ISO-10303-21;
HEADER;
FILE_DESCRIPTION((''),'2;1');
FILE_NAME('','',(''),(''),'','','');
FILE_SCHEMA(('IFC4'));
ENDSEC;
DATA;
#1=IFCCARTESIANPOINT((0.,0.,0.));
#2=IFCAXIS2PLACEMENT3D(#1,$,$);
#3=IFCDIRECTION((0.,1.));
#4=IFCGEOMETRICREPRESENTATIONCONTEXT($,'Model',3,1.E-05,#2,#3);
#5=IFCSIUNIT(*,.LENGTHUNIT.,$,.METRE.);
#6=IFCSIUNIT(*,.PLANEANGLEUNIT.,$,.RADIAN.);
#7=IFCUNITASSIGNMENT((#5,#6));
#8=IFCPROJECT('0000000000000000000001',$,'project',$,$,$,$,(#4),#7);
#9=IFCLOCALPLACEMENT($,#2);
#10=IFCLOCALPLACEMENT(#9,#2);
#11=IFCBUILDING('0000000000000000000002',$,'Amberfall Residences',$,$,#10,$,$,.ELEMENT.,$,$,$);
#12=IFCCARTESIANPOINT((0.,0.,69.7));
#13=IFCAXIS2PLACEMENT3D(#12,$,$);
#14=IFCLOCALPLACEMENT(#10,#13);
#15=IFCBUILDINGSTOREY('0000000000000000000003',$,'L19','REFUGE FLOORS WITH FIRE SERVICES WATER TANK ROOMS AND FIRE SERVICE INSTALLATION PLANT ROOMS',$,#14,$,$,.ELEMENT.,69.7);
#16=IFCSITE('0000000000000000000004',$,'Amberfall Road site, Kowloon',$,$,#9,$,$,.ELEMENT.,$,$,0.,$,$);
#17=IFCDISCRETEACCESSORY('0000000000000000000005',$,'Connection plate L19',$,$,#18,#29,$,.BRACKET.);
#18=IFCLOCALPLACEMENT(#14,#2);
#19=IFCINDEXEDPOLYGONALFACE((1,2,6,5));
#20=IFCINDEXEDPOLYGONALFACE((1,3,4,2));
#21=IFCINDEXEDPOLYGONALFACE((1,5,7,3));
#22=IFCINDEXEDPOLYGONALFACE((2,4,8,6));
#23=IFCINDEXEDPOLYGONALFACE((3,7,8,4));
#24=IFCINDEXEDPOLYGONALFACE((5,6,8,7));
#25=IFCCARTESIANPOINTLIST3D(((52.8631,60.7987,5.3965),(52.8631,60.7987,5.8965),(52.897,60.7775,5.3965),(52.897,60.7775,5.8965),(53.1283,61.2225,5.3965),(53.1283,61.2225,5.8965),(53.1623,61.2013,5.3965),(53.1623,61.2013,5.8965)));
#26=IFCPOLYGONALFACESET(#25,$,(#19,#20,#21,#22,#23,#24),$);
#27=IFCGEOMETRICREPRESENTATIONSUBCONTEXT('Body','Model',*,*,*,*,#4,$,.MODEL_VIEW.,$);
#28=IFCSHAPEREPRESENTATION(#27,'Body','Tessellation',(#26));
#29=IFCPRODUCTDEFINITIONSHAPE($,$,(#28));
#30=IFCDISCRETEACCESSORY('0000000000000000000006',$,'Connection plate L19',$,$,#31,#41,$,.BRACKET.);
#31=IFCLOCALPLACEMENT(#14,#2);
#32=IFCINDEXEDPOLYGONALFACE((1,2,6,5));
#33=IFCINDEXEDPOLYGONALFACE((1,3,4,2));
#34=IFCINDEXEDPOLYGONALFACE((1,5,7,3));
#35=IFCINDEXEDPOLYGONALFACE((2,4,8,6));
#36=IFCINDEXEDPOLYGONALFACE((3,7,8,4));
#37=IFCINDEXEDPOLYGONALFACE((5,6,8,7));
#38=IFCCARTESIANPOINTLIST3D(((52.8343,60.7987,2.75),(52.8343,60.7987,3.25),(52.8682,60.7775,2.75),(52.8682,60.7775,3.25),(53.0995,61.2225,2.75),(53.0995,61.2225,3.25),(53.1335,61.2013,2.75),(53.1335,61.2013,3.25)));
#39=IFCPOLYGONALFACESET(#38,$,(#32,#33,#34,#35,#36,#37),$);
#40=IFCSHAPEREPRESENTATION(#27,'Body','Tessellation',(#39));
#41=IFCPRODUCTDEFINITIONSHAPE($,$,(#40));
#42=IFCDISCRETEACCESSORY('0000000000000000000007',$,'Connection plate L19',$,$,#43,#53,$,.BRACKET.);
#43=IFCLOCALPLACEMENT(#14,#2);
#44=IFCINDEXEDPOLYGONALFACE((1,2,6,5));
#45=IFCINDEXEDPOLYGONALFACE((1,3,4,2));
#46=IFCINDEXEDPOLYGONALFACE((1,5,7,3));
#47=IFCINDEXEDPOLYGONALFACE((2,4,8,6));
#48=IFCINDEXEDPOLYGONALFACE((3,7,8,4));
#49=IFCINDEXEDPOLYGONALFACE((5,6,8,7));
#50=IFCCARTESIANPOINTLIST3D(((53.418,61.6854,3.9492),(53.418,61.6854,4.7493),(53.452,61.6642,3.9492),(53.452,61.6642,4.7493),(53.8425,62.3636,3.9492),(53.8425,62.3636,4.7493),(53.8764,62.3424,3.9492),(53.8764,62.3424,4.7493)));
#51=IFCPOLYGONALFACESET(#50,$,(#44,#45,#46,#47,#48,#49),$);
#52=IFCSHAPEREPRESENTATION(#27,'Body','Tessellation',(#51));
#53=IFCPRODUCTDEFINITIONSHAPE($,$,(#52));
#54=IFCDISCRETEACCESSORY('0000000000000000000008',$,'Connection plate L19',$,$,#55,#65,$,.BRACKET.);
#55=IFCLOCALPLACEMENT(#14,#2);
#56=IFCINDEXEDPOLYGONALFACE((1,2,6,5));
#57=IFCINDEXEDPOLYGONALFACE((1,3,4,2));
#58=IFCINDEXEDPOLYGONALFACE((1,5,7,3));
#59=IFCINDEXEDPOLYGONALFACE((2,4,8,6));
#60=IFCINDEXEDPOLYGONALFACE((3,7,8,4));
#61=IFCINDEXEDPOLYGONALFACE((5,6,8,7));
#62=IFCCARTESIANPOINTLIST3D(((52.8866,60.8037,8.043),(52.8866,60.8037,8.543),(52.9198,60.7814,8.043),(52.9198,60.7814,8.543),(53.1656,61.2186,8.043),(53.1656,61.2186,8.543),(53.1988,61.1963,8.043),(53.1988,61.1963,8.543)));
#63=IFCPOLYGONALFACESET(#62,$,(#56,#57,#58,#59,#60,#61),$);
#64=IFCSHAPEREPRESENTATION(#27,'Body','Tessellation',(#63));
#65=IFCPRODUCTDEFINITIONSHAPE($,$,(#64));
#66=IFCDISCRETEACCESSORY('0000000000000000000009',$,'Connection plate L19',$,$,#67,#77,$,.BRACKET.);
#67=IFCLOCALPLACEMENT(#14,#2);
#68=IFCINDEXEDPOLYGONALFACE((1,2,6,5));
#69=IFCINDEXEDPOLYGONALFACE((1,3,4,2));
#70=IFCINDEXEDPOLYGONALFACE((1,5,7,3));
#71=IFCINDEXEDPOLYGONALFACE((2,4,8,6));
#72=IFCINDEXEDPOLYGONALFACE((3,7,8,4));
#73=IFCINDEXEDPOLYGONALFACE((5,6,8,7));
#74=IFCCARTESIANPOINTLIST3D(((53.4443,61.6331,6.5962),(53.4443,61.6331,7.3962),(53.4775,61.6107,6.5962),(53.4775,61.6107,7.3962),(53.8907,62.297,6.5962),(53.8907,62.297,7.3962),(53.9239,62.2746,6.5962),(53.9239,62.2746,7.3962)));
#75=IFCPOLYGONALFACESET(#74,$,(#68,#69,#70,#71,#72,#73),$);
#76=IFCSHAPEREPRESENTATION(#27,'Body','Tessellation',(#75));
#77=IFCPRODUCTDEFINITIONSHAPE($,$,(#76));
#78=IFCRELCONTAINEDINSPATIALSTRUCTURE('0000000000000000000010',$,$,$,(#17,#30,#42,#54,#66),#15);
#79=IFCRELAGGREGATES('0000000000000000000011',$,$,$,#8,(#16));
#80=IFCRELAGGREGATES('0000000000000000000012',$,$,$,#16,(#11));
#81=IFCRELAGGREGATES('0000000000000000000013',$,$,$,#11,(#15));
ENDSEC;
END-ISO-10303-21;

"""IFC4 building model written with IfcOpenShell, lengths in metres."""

from ifc_helpers import new_model, si_unit, direction, frame, origin, origin_2d, place, context, subcontext, project, spatial, rectangle, extrude, element, save


model = new_model("IFC4")

# Units and contexts
model_context = context("Model", 3, precision=1e-05, world=origin(), true_north=direction((0.0, 1.0)))
body_context = subcontext(model_context, "Body", "Model", "MODEL_VIEW")
ifc_project = project(units=[si_unit("LENGTHUNIT", "METRE"), si_unit("PLANEANGLEUNIT", "RADIAN")], contexts=[model_context])

# Site, building, storey
site_placement = place(None, origin())
site = spatial("IfcSite", under=ifc_project, at=site_placement, Name="Amberfall Road site, Kowloon", CompositionType="ELEMENT", RefElevation=0.0)
building_placement = place(site_placement, origin())
building = spatial("IfcBuilding", under=site, at=building_placement, Name="Amberfall Residences", CompositionType="ELEMENT")
storey_placement = place(building_placement, frame((0.0, 0.0, 69.7)))
storey = spatial("IfcBuildingStorey", under=building, at=storey_placement, Name="L19", Description="REFUGE FLOORS WITH FIRE SERVICES WATER TANK ROOMS AND FIRE SERVICE INSTALLATION PLANT ROOMS", CompositionType="ELEMENT", Elevation=69.7)

# Discrete accessories
for number, where, z_axis, x_axis, name in (
    (1, (53.0127, 61.0, 5.3965), (0.0, 0.0, 1.0), (-0.530496, -0.847687, 0.0), "Connection plate L19"),
    (2, (52.9839, 61.0, 2.75), (0.0, 0.0, 1.0), (-0.530496, -0.847687, 0.0), "Connection plate L19"),
):
    element("IfcDiscreteAccessory", number, at=place(storey_placement, frame(where, z_axis=z_axis, x_axis=x_axis)), inside=storey, Name=name, PredefinedType="BRACKET", context=body_context, shape_type="SweptSolid", body=[
        extrude(rectangle(XDim=0.5, YDim=0.04, at=origin_2d()), origin(), (0.0, 0.0, 1.0), 0.5),
    ])
discrete_accessory_1_placement = place(storey_placement, frame((53.6472, 62.0139, 3.9492), z_axis=(0.0, 0.0, 1.0), x_axis=(-0.530496, -0.847687, 0.0)))
element("IfcDiscreteAccessory", 3, at=discrete_accessory_1_placement, inside=storey, Name="Connection plate L19", PredefinedType="BRACKET", context=body_context, shape_type="SweptSolid", body=[
    extrude(rectangle(XDim=0.8, YDim=0.04, at=origin_2d()), origin(), (0.0, 0.0, 1.0), 0.8),
])
discrete_accessory_2_placement = place(storey_placement, frame((53.0427, 61.0, 8.043), z_axis=(0.0, 0.0, 1.0), x_axis=(-0.557977, -0.829857, 0.0)))
element("IfcDiscreteAccessory", 4, at=discrete_accessory_2_placement, inside=storey, Name="Connection plate L19", PredefinedType="BRACKET", context=body_context, shape_type="SweptSolid", body=[
    extrude(rectangle(XDim=0.5, YDim=0.04, at=origin_2d()), origin(), (0.0, 0.0, 1.0), 0.5),
])
discrete_accessory_3_placement = place(storey_placement, frame((53.6841, 61.9539, 6.5962), z_axis=(0.0, 0.0, 1.0), x_axis=(-0.557977, -0.829857, 0.0)))
element("IfcDiscreteAccessory", 5, at=discrete_accessory_3_placement, inside=storey, Name="Connection plate L19", PredefinedType="BRACKET", context=body_context, shape_type="SweptSolid", body=[
    extrude(rectangle(XDim=0.8, YDim=0.04, at=origin_2d()), origin(), (0.0, 0.0, 1.0), 0.8),
])

save(model, "model.ifc")
